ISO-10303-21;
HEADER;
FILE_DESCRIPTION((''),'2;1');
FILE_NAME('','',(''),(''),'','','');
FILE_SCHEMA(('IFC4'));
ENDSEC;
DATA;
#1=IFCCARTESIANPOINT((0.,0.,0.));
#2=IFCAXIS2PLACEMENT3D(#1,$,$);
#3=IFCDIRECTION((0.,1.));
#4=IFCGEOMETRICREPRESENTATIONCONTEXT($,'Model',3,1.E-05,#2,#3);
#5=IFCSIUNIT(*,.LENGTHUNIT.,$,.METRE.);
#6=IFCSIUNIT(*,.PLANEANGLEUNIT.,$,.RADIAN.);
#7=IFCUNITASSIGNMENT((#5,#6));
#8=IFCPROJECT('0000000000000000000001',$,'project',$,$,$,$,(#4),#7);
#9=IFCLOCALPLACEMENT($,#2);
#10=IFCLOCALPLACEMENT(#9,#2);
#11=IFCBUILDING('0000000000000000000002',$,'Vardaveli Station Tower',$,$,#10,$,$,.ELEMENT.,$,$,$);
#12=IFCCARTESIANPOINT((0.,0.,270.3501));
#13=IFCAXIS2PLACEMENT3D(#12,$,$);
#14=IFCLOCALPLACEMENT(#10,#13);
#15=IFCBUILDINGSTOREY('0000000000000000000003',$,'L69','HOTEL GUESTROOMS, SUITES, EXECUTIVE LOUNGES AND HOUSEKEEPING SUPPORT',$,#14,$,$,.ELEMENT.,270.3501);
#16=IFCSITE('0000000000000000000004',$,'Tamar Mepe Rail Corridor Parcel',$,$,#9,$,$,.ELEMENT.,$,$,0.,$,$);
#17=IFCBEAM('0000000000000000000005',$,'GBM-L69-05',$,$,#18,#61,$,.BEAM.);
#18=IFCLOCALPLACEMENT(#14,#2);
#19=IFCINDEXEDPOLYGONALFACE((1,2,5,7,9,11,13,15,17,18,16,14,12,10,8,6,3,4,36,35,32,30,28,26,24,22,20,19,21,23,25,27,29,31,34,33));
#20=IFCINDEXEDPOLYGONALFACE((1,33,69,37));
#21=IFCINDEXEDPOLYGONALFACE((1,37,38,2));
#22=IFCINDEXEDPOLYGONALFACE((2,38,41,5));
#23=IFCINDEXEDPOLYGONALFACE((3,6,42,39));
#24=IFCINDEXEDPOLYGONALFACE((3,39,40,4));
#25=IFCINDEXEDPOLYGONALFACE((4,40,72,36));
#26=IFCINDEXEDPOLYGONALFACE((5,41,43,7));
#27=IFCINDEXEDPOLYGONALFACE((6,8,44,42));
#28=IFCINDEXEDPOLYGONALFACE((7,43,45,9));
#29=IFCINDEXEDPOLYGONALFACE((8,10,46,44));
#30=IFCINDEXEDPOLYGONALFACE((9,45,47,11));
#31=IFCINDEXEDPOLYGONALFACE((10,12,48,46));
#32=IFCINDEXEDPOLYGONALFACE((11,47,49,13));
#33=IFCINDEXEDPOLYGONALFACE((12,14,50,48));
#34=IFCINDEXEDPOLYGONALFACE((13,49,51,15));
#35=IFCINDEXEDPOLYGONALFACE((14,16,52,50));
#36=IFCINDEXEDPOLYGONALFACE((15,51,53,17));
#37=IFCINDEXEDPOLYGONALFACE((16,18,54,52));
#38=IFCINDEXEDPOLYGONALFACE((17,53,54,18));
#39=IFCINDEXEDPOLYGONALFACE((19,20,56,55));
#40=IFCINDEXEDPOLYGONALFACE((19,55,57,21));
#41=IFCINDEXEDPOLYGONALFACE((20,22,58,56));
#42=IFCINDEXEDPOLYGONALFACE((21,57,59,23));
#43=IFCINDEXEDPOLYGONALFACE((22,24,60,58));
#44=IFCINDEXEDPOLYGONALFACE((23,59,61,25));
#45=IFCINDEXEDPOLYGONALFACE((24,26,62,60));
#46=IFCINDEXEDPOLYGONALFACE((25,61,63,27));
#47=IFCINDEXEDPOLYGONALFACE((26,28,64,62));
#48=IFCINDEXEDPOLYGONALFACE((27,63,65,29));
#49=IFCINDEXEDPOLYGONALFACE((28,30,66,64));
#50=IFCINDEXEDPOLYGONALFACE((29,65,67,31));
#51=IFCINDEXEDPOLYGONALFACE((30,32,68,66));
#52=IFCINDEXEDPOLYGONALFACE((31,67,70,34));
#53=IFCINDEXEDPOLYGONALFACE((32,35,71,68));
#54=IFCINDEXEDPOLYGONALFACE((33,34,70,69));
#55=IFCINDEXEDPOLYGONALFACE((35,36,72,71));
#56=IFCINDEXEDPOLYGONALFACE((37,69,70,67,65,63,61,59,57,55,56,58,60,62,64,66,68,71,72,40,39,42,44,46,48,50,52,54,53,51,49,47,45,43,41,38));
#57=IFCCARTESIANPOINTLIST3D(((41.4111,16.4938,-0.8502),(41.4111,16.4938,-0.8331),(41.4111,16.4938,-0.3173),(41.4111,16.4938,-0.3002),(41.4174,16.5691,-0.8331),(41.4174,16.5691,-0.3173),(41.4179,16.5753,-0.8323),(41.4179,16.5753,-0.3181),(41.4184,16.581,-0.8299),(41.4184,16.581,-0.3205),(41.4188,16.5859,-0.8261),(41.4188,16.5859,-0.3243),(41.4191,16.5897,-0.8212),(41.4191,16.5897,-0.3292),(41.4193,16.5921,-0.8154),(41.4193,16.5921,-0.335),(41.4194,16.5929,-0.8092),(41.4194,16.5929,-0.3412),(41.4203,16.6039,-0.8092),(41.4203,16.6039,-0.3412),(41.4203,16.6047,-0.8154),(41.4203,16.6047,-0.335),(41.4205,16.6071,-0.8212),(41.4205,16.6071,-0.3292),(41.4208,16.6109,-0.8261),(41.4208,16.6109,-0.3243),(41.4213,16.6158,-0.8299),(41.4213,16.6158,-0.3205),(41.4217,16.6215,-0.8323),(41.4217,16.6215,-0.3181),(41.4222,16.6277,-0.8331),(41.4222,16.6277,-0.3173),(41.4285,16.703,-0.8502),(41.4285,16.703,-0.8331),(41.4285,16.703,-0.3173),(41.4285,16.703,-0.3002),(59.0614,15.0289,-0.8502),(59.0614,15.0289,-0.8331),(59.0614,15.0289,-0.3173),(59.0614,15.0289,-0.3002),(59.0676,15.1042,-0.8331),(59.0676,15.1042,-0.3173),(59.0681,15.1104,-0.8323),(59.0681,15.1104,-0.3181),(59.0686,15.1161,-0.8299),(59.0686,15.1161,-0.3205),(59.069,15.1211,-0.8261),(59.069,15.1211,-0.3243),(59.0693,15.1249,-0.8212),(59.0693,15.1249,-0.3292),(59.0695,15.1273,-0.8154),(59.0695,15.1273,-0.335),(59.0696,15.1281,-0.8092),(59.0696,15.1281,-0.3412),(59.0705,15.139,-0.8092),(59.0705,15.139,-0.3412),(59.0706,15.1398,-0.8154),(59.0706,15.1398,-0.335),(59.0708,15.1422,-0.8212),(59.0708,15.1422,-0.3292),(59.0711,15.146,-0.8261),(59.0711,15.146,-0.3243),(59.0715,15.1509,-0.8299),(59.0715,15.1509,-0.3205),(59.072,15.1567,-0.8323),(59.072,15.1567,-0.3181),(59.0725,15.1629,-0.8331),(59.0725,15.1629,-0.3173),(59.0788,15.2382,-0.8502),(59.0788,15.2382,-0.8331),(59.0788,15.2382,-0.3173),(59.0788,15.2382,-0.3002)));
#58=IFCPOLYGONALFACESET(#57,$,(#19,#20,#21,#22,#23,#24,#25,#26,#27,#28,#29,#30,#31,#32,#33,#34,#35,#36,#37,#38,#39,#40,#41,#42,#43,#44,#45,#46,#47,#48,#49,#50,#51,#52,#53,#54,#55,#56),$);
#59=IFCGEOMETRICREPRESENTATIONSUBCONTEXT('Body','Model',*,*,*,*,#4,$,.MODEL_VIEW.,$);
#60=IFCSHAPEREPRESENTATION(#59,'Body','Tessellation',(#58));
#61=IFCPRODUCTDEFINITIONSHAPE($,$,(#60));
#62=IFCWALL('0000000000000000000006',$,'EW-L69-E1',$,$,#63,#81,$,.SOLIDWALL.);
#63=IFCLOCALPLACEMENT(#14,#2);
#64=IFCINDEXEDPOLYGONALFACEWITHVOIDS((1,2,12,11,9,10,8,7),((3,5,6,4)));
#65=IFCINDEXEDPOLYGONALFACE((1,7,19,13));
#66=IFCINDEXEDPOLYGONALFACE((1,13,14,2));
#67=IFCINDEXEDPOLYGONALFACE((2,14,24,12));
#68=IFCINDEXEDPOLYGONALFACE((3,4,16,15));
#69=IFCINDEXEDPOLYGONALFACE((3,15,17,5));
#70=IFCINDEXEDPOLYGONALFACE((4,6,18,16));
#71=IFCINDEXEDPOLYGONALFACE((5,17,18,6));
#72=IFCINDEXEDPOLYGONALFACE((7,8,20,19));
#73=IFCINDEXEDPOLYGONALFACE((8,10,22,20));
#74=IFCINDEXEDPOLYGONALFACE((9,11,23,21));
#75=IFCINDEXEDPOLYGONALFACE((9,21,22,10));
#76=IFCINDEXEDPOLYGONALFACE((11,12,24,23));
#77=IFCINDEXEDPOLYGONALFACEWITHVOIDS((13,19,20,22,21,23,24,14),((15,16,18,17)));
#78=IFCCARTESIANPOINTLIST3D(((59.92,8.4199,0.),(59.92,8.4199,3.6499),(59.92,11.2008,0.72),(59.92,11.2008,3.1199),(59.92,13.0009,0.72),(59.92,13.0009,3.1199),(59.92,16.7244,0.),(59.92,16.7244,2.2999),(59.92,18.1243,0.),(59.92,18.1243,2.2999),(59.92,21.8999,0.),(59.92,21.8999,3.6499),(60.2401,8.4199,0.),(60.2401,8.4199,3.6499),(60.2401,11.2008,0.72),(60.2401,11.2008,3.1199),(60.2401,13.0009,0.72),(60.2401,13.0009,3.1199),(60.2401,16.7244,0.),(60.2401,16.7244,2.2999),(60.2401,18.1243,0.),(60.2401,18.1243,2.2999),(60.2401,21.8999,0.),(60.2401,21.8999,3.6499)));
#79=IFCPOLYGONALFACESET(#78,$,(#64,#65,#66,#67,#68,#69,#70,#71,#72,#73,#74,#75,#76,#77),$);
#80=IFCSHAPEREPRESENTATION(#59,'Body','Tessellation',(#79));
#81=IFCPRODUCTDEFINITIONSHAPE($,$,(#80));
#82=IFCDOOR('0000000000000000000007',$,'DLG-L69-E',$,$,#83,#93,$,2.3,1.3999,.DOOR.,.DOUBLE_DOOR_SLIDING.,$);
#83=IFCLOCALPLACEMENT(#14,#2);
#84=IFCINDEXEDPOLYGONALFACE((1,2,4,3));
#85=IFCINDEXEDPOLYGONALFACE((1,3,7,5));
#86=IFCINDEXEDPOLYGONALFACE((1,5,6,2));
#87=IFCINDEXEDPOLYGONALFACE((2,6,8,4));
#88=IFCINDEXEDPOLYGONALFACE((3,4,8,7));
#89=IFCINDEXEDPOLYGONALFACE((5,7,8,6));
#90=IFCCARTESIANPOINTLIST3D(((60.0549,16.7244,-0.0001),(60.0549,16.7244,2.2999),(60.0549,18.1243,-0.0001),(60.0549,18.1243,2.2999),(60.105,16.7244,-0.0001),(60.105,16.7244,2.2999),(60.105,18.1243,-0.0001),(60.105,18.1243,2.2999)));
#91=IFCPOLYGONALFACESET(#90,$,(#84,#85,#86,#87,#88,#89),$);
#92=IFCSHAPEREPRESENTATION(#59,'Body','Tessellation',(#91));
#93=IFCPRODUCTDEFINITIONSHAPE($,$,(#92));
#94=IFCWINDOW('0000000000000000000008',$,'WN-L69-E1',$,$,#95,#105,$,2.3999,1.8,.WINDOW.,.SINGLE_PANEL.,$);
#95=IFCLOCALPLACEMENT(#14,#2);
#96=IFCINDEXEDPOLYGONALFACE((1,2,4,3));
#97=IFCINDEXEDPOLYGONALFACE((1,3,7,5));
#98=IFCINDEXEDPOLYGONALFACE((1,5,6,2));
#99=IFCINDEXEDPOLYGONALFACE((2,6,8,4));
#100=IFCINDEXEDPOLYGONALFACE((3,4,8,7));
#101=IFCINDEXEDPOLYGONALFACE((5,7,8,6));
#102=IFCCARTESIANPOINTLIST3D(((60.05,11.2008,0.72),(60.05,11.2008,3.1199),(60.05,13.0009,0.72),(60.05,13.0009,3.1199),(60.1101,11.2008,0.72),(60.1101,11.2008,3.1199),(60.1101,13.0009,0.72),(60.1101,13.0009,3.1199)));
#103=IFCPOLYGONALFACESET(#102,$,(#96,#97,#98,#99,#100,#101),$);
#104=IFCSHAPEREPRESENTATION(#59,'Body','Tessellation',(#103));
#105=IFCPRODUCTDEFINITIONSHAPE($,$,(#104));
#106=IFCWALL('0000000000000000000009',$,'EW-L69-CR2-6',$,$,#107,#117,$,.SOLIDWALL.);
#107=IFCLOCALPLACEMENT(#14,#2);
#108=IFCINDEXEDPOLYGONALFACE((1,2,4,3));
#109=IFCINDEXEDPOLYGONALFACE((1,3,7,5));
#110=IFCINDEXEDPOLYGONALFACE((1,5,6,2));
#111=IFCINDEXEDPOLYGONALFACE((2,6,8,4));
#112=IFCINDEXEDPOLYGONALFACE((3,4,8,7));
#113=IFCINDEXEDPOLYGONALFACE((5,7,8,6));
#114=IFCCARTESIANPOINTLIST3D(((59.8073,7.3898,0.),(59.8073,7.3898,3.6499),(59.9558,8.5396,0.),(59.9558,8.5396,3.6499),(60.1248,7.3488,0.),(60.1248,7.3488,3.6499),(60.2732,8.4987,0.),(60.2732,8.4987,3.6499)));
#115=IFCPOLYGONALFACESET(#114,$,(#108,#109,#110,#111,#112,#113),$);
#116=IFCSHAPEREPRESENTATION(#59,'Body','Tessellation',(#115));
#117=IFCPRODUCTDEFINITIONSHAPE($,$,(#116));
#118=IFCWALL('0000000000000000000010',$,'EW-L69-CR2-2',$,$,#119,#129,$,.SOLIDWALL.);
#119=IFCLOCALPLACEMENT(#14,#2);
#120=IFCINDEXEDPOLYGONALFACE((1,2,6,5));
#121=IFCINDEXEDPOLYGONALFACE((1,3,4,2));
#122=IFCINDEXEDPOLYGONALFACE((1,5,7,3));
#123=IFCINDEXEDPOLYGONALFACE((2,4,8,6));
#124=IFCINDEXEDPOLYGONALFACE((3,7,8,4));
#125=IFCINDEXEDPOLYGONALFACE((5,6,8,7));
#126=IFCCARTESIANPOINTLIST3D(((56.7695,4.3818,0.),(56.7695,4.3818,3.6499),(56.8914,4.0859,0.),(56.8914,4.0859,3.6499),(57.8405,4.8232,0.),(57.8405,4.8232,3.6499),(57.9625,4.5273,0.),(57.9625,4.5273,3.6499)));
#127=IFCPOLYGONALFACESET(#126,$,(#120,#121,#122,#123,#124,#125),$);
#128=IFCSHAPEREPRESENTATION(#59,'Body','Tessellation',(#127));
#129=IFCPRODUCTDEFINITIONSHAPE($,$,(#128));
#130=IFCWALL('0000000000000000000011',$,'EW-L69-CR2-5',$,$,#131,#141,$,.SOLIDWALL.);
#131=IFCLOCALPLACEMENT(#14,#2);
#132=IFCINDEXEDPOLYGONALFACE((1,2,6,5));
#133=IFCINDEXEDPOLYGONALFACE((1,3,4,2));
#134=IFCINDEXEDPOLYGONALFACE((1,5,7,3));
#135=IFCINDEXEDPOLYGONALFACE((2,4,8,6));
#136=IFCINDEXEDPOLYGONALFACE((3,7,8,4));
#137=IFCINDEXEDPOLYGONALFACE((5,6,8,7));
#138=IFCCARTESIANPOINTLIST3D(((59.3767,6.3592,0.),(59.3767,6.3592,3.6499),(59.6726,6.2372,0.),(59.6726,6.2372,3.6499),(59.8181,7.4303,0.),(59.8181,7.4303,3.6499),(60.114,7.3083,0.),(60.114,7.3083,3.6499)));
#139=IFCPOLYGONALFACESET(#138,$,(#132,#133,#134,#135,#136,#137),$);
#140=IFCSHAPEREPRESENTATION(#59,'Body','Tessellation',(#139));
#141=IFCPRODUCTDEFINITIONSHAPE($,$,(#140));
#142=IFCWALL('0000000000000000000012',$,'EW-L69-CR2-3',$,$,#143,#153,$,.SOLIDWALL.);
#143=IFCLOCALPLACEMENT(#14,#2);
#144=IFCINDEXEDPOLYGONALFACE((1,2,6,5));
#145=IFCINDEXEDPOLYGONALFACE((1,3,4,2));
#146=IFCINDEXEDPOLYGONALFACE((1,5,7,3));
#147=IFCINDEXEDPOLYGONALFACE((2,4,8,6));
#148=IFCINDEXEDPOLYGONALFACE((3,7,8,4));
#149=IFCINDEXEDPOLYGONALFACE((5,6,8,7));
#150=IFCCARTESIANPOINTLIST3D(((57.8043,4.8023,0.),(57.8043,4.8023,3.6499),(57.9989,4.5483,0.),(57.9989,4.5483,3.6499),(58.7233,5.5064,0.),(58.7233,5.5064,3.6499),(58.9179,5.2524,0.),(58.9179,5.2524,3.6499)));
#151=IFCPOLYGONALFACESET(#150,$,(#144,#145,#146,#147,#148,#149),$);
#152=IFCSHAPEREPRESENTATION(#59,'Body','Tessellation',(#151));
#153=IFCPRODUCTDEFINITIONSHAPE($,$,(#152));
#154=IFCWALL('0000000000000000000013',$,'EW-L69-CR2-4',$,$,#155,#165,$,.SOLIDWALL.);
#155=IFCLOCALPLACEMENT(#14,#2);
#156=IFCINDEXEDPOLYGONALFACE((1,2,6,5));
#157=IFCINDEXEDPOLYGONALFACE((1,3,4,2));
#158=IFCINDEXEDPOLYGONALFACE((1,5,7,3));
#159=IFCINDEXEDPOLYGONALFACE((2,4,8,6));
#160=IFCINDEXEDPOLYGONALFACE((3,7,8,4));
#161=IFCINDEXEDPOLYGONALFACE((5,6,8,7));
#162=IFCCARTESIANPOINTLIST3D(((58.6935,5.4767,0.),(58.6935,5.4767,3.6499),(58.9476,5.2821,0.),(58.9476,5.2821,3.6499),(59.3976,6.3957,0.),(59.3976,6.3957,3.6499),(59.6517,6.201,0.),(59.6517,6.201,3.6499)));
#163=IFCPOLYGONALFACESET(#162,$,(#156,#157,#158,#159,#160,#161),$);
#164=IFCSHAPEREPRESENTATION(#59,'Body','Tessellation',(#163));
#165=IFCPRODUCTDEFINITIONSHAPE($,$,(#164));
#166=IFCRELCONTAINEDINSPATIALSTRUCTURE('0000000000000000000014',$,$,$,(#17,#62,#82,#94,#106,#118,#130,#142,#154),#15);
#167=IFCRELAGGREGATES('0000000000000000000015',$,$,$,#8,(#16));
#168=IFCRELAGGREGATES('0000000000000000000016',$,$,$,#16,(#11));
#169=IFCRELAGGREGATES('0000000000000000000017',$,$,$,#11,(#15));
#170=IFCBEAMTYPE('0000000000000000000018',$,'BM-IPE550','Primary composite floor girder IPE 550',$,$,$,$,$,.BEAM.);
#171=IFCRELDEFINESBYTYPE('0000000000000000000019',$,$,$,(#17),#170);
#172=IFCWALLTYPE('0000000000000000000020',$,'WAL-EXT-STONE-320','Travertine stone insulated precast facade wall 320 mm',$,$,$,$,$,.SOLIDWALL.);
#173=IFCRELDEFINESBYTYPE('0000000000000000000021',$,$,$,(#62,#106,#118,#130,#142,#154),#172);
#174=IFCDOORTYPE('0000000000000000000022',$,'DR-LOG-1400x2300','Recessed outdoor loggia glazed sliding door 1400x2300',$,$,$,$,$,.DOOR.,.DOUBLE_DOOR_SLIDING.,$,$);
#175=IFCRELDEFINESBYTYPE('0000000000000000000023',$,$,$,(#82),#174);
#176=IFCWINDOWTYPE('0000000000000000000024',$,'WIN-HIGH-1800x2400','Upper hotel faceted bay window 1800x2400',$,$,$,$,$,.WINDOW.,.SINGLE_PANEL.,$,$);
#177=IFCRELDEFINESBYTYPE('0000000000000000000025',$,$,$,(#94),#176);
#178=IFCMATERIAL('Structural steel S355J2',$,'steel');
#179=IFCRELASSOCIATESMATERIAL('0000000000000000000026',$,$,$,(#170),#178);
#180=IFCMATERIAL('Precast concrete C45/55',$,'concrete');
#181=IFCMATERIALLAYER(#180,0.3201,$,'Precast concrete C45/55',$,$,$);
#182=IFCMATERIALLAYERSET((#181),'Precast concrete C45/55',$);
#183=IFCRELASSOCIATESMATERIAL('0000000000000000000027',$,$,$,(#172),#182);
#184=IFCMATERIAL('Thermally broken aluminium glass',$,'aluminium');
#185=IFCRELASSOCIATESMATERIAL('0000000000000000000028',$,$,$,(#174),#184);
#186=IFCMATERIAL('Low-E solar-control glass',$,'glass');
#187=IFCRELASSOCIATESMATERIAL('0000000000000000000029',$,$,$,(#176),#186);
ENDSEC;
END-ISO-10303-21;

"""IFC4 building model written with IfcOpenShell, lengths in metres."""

from ifc_helpers import new_model, si_unit, direction, frame, frame_2d, origin, origin_2d, place, context, subcontext, project, spatial, rectangle, i_section, extrude, source, transform, mapped, material, layer, layer_set, material_profile, profile_set, type_object, element, fill, save


model = new_model("IFC4")

# Units and contexts
model_context = context("Model", 3, precision=1e-05, world=origin(), true_north=direction((0.0, 1.0)))
body_context = subcontext(model_context, "Body", "Model", "MODEL_VIEW")
ifc_project = project(units=[si_unit("LENGTHUNIT", "METRE"), si_unit("PLANEANGLEUNIT", "RADIAN")], contexts=[model_context])

# Site, building, storey
site_placement = place(None, origin())
site = spatial("IfcSite", under=ifc_project, at=site_placement, Name="Tamar Mepe Rail Corridor Parcel", CompositionType="ELEMENT", RefElevation=0.0)
building_placement = place(site_placement, origin())
building = spatial("IfcBuilding", under=site, at=building_placement, Name="Vardaveli Station Tower", CompositionType="ELEMENT")
storey_placement = place(building_placement, frame((0.0, 0.0, 270.3501)))
storey = spatial("IfcBuildingStorey", under=building, at=storey_placement, Name="L69", Description="HOTEL GUESTROOMS, SUITES, EXECUTIVE LOUNGES AND HOUSEKEEPING SUPPORT", CompositionType="ELEMENT", Elevation=270.3501)

# Beam
ifc_material_1 = material(Name="Precast concrete C45/55", Category="concrete")
ifc_material_2 = material(Name="Structural steel S355J2", Category="steel")
ifc_material_profile_1 = material_profile(ifc_material_2, i_section(OverallWidth=0.21, OverallDepth=0.55, WebThickness=0.011, FlangeThickness=0.0171, FilletRadius=0.0239, at=origin_2d()), Name="IPE 550")
ifc_profile_set_1 = profile_set([ifc_material_profile_1], Name="Structural steel S355J2")
beam_type_1 = type_object("IfcBeamType", Name="BM-IPE550", Description="Primary composite floor girder IPE 550", PredefinedType="BEAM", material=ifc_profile_set_1)
shared_shape_1 = source(origin(), body_context, "Body", "SweptSolid", [
    extrude(i_section(OverallWidth=0.21, OverallDepth=0.55, WebThickness=0.011, FlangeThickness=0.0171, FilletRadius=0.0239, at=origin_2d()), origin(), (0.0, 0.0, 1.0), 17.7109),
])
beam_1_placement = place(storey_placement, frame((59.0701, 15.1335, -0.5752), z_axis=(-0.996574, 0.082709, 0.0), x_axis=(-0.082709, -0.996574, 0.0)))
element("IfcBeam", 1, at=beam_1_placement, inside=storey, type_object=beam_type_1, Name="GBM-L69-05", PredefinedType="BEAM", context=body_context, shape_type="MappedRepresentation", body=[
    mapped(shared_shape_1, transform((0.0, 0.0, 0.0), scale=1.0)),
])

# Wall, openings, door, window
ifc_layer_1 = layer(ifc_material_1, 0.3201, Name="Precast concrete C45/55")
ifc_layer_set_1 = layer_set([ifc_layer_1], Name="Precast concrete C45/55")
wall_type_1 = type_object("IfcWallType", Name="WAL-EXT-STONE-320", Description="Travertine stone insulated precast facade wall 320 mm", PredefinedType="SOLIDWALL", material=ifc_layer_set_1)
shared_shape_2 = source(origin(), body_context, "Body", "SweptSolid", [
    extrude(rectangle(XDim=13.48, YDim=0.3201, at=frame_2d((6.74, 0.0))), origin(), (0.0, 0.0, 1.0), 3.6499),
])
wall_1_placement = place(storey_placement, frame((60.0801, 8.4199, 0.0), z_axis=(0.0, 0.0, 1.0), x_axis=(0.0, 1.0, 0.0)))
wall_1 = element("IfcWall", 2, at=wall_1_placement, inside=storey, type_object=wall_type_1, Name="EW-L69-E1", PredefinedType="SOLIDWALL", context=body_context, shape_type="MappedRepresentation", body=[
    mapped(shared_shape_2, transform((0.0, 0.0, 0.0), scale=1.0)),
])
shared_shape_3 = source(origin(), body_context, "Body", "SweptSolid", [
    extrude(rectangle(XDim=1.3999, YDim=2.3, at=frame_2d((0.7, 1.1499))), frame((0.0, 0.1699, 0.0), z_axis=(0.0, -1.0, 0.0), x_axis=(1.0, 0.0, 0.0)), (0.0, 0.0, 1.0), 0.3401),
])
opening_1_placement = place(wall_1_placement, frame((8.3044, 0.0, 0.0)))
opening_1 = element("IfcOpeningElement", 3, at=opening_1_placement, cuts=wall_1, PredefinedType="OPENING", context=body_context, shape_type="MappedRepresentation", body=[
    mapped(shared_shape_3, transform((0.0, 0.0, 0.0), scale=1.0)),
])
shared_shape_4 = source(origin(), body_context, "Body", "SweptSolid", [
    extrude(rectangle(XDim=1.8, YDim=2.3999, at=frame_2d((0.8999, 1.2))), frame((0.0, 0.1699, 0.0), z_axis=(0.0, -1.0, 0.0), x_axis=(1.0, 0.0, 0.0)), (0.0, 0.0, 1.0), 0.3401),
])
opening_2_placement = place(wall_1_placement, frame((2.781, 0.0, 0.72)))
opening_2 = element("IfcOpeningElement", 4, at=opening_2_placement, cuts=wall_1, PredefinedType="OPENING", context=body_context, shape_type="MappedRepresentation", body=[
    mapped(shared_shape_4, transform((0.0, 0.0, 0.0), scale=1.0)),
])
ifc_material_3 = material(Name="Thermally broken aluminium glass", Category="aluminium")
door_type_1 = type_object("IfcDoorType", Name="DR-LOG-1400x2300", Description="Recessed outdoor loggia glazed sliding door 1400x2300", OperationType="DOUBLE_DOOR_SLIDING", PredefinedType="DOOR", material=ifc_material_3)
shared_shape_5 = source(origin(), body_context, "Body", "SweptSolid", [
    extrude(rectangle(XDim=1.3999, YDim=2.3, at=frame_2d((0.7, 1.1499))), frame((0.0, 0.0249, 0.0), z_axis=(0.0, -1.0, 0.0), x_axis=(1.0, 0.0, 0.0)), (0.0, 0.0, 1.0), 0.05),
])
door_1_placement = place(opening_1_placement, frame((1.3999, 0.0, 0.0), z_axis=(0.0, 0.0, 1.0), x_axis=(-1.0, 0.0, 0.0)))
door_1 = element("IfcDoor", 5, at=door_1_placement, inside=storey, type_object=door_type_1, Name="DLG-L69-E", OperationType="DOUBLE_DOOR_SLIDING", OverallHeight=2.3, OverallWidth=1.3999, PredefinedType="DOOR", context=body_context, shape_type="MappedRepresentation", body=[
    mapped(shared_shape_5, transform((0.0, 0.0, 0.0), scale=1.0)),
])
fill(opening_1, door_1)
ifc_material_4 = material(Name="Low-E solar-control glass", Category="glass")
window_type = type_object("IfcWindowType", Name="WIN-HIGH-1800x2400", Description="Upper hotel faceted bay window 1800x2400", PartitioningType="SINGLE_PANEL", PredefinedType="WINDOW", material=ifc_material_4)
shared_shape_6 = source(origin(), body_context, "Body", "SweptSolid", [
    extrude(rectangle(XDim=1.8, YDim=2.3999, at=frame_2d((0.8999, 1.2))), frame((0.0, 0.03, 0.0), z_axis=(0.0, -1.0, 0.0), x_axis=(1.0, 0.0, 0.0)), (0.0, 0.0, 1.0), 0.0601),
])
window_placement = place(opening_2_placement, origin())
window = element("IfcWindow", 6, at=window_placement, inside=storey, type_object=window_type, Name="WN-L69-E1", OverallHeight=2.3999, OverallWidth=1.8, PartitioningType="SINGLE_PANEL", PredefinedType="WINDOW", context=body_context, shape_type="MappedRepresentation", body=[
    mapped(shared_shape_6, transform((0.0, 0.0, 0.0), scale=1.0)),
])
fill(opening_2, window)

# Walls
shared_shape_7 = source(origin(), body_context, "Body", "SweptSolid", [
    extrude(rectangle(XDim=1.1594, YDim=0.3201, at=frame_2d((0.5796, 0.0))), origin(), (0.0, 0.0, 1.0), 3.6499),
])
wall_2_placement = place(storey_placement, frame((59.9661, 7.3694, 0.0), z_axis=(0.0, 0.0, 1.0), x_axis=(0.128025, 0.991771, 0.0)))
element("IfcWall", 7, at=wall_2_placement, inside=storey, type_object=wall_type_1, Name="EW-L69-CR2-6", PredefinedType="SOLIDWALL", context=body_context, shape_type="MappedRepresentation", body=[
    mapped(shared_shape_7, transform((0.0, 0.0, 0.0), scale=1.0)),
])
shared_shape_8 = source(origin(), body_context, "Body", "SweptSolid", [
    extrude(rectangle(XDim=1.1584, YDim=0.3201, at=frame_2d((0.5791, 0.0))), origin(), (0.0, 0.0, 1.0), 3.6499),
])
for number, where, z_axis, x_axis, name in (
    (8, (56.8306, 4.2339, 0.0), (0.0, 0.0, 1.0), (0.92456, 0.381036, 0.0), "EW-L69-CR2-2"),
    (9, (59.5247, 6.2983, 0.0), (0.0, 0.0, 1.0), (0.381036, 0.92456, 0.0), "EW-L69-CR2-5"),
):
    element("IfcWall", number, at=place(storey_placement, frame(where, z_axis=z_axis, x_axis=x_axis)), inside=storey, type_object=wall_type_1, Name=name, PredefinedType="SOLIDWALL", context=body_context, shape_type="MappedRepresentation", body=[
        mapped(shared_shape_8, transform((0.0, 0.0, 0.0), scale=1.0)),
    ])
shared_shape_9 = source(origin(), body_context, "Body", "SweptSolid", [
    extrude(rectangle(XDim=1.1577, YDim=0.3201, at=frame_2d((0.5789, 0.0))), origin(), (0.0, 0.0, 1.0), 3.6499),
])
for number, where, z_axis, x_axis, name in (
    (10, (57.9016, 4.6753, 0.0), (0.0, 0.0, 1.0), (0.793783, 0.608201, 0.0), "EW-L69-CR2-3"),
    (11, (58.8206, 5.3794, 0.0), (0.0, 0.0, 1.0), (0.608201, 0.793783, 0.0), "EW-L69-CR2-4"),
):
    element("IfcWall", number, at=place(storey_placement, frame(where, z_axis=z_axis, x_axis=x_axis)), inside=storey, type_object=wall_type_1, Name=name, PredefinedType="SOLIDWALL", context=body_context, shape_type="MappedRepresentation", body=[
        mapped(shared_shape_9, transform((0.0, 0.0, 0.0), scale=1.0)),
    ])

save(model, "model.ifc")
